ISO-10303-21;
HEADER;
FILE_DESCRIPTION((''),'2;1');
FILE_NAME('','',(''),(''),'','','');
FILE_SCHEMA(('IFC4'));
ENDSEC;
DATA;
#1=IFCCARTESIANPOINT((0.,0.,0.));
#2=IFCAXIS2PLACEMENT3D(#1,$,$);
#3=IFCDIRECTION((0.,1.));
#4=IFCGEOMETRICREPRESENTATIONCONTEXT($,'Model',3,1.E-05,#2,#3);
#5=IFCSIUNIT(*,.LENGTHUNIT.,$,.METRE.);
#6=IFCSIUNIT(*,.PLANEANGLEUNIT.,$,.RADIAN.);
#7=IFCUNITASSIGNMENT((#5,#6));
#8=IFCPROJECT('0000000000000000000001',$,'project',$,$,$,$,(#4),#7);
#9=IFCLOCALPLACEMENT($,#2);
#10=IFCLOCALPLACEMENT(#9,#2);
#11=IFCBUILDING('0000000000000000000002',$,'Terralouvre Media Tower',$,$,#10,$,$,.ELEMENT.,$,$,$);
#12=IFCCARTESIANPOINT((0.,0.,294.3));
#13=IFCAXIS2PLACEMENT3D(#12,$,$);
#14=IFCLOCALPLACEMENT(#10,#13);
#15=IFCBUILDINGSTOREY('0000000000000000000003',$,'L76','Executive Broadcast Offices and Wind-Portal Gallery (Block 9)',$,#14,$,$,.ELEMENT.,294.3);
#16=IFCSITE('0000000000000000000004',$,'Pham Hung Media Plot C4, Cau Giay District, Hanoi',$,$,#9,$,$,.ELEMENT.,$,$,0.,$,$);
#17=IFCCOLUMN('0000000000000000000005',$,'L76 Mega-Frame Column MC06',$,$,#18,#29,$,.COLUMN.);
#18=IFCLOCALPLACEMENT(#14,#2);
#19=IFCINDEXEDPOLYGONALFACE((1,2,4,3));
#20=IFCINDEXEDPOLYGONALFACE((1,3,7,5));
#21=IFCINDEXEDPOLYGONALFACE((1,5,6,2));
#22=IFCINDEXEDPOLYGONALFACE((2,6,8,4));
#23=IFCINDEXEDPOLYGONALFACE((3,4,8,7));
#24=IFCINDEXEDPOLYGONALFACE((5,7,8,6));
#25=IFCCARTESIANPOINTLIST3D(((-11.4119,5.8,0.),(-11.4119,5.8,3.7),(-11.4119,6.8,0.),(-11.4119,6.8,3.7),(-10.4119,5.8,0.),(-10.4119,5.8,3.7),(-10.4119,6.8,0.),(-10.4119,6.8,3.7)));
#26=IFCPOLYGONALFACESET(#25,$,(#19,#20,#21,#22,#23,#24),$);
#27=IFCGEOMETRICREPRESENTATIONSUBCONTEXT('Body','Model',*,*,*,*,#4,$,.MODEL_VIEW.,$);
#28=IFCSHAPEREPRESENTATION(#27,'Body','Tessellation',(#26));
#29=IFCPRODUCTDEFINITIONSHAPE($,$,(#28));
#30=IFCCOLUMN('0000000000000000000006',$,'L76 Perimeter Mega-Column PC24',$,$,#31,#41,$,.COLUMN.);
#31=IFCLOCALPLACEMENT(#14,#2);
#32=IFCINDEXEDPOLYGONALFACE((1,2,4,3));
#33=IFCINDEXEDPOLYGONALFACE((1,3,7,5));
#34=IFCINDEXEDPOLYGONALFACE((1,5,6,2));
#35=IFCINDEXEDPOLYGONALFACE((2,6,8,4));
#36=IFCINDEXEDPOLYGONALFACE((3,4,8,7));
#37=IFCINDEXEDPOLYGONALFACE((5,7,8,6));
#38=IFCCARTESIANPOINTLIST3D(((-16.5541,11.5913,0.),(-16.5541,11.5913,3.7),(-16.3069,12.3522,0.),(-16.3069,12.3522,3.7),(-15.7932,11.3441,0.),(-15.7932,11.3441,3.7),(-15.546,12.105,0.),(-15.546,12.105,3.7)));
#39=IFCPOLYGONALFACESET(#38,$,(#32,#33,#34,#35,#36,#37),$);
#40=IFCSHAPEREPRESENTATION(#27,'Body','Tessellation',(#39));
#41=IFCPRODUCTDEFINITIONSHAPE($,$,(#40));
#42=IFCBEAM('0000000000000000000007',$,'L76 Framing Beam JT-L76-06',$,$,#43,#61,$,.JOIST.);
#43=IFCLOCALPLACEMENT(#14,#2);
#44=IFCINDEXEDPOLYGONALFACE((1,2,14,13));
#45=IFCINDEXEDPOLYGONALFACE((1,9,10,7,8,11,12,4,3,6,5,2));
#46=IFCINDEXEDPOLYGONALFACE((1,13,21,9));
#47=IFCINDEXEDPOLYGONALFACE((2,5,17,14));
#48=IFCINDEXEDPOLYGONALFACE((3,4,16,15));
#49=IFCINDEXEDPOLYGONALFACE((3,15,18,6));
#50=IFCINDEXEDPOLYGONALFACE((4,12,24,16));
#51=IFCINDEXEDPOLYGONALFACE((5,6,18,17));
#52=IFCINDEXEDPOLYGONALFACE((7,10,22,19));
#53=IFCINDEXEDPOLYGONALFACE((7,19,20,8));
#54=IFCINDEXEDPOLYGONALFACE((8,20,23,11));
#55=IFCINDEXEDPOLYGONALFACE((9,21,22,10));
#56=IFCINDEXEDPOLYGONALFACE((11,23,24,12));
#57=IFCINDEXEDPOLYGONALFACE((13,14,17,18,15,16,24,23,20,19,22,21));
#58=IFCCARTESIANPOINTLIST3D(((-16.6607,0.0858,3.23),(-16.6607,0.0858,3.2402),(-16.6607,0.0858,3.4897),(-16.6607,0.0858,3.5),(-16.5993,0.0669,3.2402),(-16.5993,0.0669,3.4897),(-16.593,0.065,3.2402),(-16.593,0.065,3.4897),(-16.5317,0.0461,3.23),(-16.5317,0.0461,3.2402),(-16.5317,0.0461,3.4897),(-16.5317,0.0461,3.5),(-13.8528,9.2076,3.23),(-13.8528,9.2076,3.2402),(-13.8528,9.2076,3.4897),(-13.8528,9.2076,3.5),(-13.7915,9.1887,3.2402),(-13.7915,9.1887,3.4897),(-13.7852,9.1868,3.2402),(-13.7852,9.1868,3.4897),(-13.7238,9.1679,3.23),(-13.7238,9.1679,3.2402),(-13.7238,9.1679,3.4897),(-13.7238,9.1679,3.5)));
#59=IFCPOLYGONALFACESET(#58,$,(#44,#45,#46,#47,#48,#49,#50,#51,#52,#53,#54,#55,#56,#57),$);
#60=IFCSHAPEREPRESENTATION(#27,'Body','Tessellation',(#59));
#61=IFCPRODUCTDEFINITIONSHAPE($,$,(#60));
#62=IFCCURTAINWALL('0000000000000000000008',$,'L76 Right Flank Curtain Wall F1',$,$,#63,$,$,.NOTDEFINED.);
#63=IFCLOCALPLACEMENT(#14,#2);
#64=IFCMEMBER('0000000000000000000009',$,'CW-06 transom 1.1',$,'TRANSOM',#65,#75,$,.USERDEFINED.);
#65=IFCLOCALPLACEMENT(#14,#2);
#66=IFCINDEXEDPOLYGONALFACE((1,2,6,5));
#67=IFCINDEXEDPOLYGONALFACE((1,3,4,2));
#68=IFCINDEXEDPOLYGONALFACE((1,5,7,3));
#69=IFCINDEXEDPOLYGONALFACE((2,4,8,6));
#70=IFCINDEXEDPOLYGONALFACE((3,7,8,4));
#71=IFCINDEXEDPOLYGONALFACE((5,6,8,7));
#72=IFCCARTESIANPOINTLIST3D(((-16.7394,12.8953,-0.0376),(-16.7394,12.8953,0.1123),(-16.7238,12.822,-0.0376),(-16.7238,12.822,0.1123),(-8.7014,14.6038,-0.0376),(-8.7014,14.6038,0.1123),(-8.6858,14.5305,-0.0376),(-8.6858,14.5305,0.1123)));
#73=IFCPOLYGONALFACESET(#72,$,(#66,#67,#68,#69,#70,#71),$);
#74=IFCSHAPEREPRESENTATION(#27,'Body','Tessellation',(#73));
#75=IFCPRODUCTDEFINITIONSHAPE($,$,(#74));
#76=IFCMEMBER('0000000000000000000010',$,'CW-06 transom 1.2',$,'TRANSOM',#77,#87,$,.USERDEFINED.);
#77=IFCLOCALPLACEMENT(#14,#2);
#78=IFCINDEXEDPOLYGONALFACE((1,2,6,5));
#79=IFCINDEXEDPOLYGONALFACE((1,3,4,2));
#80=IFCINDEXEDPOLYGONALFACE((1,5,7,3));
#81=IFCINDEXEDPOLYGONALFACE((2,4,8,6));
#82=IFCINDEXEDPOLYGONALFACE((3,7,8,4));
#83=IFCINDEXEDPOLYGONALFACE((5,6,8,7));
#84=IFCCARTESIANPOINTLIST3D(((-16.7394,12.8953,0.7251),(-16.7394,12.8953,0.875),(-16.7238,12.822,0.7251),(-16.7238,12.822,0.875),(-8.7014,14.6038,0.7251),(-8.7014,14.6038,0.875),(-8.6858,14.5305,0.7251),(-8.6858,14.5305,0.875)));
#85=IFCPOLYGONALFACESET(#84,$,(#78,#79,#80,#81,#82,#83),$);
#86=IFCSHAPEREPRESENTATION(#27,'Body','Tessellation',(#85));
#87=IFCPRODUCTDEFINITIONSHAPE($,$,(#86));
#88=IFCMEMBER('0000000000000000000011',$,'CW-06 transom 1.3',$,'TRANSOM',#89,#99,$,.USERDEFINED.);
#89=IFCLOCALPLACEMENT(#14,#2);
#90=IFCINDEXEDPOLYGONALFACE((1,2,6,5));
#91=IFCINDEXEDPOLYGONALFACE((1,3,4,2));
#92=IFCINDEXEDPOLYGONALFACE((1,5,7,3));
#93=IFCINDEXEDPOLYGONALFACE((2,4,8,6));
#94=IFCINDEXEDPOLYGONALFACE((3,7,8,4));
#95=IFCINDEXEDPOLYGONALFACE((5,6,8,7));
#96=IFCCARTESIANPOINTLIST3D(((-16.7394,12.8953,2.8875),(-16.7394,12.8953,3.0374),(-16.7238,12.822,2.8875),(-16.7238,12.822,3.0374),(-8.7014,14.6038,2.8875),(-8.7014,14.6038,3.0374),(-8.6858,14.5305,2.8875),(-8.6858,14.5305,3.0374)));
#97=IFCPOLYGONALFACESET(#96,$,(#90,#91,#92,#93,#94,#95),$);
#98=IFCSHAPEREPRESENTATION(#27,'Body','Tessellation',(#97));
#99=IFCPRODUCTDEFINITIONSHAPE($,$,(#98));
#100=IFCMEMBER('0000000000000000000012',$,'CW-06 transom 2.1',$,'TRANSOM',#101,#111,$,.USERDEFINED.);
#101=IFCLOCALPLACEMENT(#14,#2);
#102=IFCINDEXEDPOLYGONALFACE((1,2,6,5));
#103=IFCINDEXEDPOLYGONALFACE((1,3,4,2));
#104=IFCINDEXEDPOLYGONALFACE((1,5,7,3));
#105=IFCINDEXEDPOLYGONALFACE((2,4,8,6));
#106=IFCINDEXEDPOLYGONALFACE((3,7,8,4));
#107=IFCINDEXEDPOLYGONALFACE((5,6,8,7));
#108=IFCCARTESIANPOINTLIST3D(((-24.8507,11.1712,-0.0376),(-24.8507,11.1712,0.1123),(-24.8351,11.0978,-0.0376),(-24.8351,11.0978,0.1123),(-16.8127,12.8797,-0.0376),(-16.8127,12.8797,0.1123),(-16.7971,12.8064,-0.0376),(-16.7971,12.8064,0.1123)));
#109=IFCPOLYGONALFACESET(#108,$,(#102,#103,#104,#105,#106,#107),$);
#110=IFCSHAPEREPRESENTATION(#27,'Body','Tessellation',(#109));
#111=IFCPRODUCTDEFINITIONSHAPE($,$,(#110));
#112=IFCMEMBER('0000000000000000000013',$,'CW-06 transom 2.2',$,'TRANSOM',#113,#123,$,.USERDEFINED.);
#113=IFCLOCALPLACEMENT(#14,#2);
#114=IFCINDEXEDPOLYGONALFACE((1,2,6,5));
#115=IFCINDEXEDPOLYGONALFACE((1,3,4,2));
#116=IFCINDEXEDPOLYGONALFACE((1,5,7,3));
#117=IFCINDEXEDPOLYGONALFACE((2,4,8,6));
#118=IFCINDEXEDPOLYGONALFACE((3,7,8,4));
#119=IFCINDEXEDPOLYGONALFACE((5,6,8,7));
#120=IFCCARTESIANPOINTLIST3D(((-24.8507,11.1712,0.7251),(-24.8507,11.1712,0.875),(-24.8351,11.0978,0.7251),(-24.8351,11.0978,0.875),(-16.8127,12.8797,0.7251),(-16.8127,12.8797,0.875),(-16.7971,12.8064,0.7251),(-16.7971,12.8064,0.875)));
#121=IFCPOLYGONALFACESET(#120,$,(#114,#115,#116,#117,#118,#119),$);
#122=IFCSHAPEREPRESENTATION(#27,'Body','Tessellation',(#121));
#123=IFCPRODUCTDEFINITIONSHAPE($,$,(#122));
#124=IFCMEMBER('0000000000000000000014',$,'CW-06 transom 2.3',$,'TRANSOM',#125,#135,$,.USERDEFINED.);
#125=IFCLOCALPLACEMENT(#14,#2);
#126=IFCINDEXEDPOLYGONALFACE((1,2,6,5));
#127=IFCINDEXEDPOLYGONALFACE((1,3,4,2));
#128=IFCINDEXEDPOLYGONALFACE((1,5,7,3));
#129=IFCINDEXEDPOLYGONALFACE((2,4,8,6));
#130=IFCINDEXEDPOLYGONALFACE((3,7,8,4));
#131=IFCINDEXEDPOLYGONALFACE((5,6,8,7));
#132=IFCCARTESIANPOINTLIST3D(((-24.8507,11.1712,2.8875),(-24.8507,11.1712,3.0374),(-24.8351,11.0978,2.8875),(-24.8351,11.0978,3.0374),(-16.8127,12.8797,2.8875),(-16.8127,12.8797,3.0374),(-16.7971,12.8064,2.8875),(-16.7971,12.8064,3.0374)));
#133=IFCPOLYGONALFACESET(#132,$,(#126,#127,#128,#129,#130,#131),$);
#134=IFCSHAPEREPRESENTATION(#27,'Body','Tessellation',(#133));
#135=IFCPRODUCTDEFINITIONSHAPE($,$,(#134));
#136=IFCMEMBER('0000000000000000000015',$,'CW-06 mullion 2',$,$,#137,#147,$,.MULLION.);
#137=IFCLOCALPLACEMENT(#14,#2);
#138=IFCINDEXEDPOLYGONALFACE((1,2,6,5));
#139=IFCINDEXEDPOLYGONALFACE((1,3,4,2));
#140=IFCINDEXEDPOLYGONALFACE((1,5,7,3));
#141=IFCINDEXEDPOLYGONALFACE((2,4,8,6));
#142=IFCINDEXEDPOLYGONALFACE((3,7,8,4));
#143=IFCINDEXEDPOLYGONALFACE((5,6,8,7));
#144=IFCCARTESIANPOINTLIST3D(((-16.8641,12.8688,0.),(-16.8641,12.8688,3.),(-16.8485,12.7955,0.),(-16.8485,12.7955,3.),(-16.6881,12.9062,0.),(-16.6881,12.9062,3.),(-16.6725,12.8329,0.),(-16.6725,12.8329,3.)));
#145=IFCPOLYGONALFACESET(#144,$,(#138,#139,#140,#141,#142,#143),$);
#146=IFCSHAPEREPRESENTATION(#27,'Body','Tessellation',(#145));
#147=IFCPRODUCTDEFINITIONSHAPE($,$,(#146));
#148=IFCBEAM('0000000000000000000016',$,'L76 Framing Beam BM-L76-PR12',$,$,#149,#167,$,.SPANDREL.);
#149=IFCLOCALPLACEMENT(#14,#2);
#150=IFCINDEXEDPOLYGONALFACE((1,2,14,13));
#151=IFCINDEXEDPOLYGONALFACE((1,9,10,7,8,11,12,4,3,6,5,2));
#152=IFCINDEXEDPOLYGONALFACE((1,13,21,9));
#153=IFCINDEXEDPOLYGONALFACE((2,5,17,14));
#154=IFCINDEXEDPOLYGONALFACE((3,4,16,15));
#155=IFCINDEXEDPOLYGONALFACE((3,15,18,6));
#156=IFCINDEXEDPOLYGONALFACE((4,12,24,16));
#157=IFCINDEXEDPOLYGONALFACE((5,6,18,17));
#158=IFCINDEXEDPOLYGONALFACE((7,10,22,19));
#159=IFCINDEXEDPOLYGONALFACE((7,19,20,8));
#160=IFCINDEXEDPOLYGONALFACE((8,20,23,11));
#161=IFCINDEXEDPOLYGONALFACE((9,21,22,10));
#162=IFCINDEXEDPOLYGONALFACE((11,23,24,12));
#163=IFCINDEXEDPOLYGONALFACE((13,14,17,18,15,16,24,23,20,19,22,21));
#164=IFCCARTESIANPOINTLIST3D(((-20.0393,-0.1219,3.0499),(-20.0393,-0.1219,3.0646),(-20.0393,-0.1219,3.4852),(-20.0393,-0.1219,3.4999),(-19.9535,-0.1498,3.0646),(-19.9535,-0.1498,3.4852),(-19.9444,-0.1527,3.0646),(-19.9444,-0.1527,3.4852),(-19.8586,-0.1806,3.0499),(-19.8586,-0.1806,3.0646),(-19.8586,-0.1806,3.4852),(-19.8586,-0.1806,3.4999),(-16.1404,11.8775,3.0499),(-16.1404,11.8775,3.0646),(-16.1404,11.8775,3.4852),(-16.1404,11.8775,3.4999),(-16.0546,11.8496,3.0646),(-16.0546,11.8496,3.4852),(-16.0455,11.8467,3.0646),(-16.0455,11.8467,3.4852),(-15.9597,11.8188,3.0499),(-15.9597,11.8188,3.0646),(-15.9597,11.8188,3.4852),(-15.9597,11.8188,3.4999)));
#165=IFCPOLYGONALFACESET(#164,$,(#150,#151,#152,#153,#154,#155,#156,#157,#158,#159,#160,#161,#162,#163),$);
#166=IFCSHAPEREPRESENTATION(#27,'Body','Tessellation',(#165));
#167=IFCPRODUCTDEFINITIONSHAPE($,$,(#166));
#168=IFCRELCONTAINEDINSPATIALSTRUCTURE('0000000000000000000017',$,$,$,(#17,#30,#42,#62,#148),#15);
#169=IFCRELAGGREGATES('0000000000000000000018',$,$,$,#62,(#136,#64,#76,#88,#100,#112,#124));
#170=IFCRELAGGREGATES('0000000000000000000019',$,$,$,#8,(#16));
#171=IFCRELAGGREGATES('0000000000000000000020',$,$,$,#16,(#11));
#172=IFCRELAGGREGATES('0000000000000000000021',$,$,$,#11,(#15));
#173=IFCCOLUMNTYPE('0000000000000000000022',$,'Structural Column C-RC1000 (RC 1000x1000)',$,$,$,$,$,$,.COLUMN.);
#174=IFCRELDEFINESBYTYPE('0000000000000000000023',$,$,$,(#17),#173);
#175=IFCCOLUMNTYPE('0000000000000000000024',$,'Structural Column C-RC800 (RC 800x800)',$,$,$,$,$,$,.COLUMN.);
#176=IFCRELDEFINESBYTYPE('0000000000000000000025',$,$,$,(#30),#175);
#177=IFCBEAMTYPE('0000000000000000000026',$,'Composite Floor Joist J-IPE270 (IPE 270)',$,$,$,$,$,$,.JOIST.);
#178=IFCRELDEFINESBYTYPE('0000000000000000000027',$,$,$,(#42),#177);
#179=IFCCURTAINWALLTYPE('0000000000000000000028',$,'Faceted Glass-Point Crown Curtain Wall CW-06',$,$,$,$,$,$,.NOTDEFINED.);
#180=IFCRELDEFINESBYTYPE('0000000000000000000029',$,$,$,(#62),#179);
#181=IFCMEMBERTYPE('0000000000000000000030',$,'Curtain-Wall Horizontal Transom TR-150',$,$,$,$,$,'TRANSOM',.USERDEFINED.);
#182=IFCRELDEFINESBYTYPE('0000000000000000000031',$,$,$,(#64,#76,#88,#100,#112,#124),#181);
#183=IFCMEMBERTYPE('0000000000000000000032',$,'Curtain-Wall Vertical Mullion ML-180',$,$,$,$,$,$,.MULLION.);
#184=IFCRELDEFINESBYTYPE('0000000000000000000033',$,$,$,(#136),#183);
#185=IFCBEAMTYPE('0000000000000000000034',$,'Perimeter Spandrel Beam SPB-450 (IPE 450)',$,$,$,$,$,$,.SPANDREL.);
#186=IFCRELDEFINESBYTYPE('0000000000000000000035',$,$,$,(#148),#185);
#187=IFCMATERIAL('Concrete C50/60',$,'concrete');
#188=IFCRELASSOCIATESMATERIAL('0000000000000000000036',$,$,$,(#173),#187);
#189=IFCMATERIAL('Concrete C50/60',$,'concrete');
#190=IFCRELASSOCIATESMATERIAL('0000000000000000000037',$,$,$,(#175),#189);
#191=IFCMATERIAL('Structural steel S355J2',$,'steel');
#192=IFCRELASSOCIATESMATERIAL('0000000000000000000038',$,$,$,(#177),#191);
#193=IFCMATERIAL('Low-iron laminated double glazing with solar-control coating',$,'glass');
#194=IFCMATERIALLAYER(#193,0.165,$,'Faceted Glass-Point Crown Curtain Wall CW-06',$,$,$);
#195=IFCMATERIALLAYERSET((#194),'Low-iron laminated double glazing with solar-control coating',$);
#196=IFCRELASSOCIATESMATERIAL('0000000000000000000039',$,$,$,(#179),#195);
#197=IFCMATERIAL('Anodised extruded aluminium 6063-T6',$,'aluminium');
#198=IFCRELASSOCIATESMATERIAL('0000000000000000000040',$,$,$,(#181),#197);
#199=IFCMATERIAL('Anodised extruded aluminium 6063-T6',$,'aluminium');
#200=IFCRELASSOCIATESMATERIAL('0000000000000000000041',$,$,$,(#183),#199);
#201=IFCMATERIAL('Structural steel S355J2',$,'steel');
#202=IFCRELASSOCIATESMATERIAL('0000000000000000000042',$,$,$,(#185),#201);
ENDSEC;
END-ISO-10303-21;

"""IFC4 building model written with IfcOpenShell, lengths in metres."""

from ifc_helpers import new_model, si_unit, direction, frame, origin, origin_2d, place, context, subcontext, project, spatial, rectangle, i_section, extrude, material, layer, layer_set, material_profile, profile_set, type_object, element, aggregate, save


model = new_model("IFC4")

# Units and contexts
model_context = context("Model", 3, precision=1e-05, world=origin(), true_north=direction((0.0, 1.0)))
body_context = subcontext(model_context, "Body", "Model", "MODEL_VIEW")
ifc_project = project(units=[si_unit("LENGTHUNIT", "METRE"), si_unit("PLANEANGLEUNIT", "RADIAN")], contexts=[model_context])

# Site, building, storey
site_placement = place(None, origin())
site = spatial("IfcSite", under=ifc_project, at=site_placement, Name="Pham Hung Media Plot C4, Cau Giay District, Hanoi", CompositionType="ELEMENT", RefElevation=0.0)
building_placement = place(site_placement, origin())
building = spatial("IfcBuilding", under=site, at=building_placement, Name="Terralouvre Media Tower", CompositionType="ELEMENT")
storey_placement = place(building_placement, frame((0.0, 0.0, 294.3)))
storey = spatial("IfcBuildingStorey", under=building, at=storey_placement, Name="L76", Description="Executive Broadcast Offices and Wind-Portal Gallery (Block 9)", CompositionType="ELEMENT", Elevation=294.3)

# Columns
ifc_material_1 = material(Name="Concrete C50/60", Category="concrete")
ifc_material_profile_1 = material_profile(ifc_material_1, rectangle(XDim=1.0, YDim=1.0, at=origin_2d()), Name="RC 1000x1000")
ifc_profile_set_1 = profile_set([ifc_material_profile_1], Name="Concrete C50/60")
column_type_1 = type_object("IfcColumnType", Name="Structural Column C-RC1000 (RC 1000x1000)", PredefinedType="COLUMN", material=ifc_profile_set_1)
column_1_placement = place(storey_placement, frame((-10.9119, 6.3, 0.0), z_axis=(0.0, 0.0, 1.0), x_axis=(1.0, 0.0, 0.0)))
element("IfcColumn", 1, at=column_1_placement, inside=storey, type_object=column_type_1, Name="L76 Mega-Frame Column MC06", PredefinedType="COLUMN", context=body_context, shape_type="SweptSolid", body=[
    extrude(rectangle(XDim=1.0, YDim=1.0, at=origin_2d()), origin(), (0.0, 0.0, 1.0), 3.7),
])
ifc_material_2 = material(Name="Concrete C50/60", Category="concrete")
ifc_material_profile_2 = material_profile(ifc_material_2, rectangle(XDim=0.8, YDim=0.8, at=origin_2d()), Name="RC 800x800")
ifc_profile_set_2 = profile_set([ifc_material_profile_2], Name="Concrete C50/60")
column_type_2 = type_object("IfcColumnType", Name="Structural Column C-RC800 (RC 800x800)", PredefinedType="COLUMN", material=ifc_profile_set_2)
column_2_placement = place(storey_placement, frame((-16.05, 11.8481, 0.0), z_axis=(0.0, 0.0, 1.0), x_axis=(0.309017, 0.951057, 0.0)))
element("IfcColumn", 2, at=column_2_placement, inside=storey, type_object=column_type_2, Name="L76 Perimeter Mega-Column PC24", PredefinedType="COLUMN", context=body_context, shape_type="SweptSolid", body=[
    extrude(rectangle(XDim=0.8, YDim=0.8, at=origin_2d()), origin(), (0.0, 0.0, 1.0), 3.7),
])

# Beam
ifc_material_3 = material(Name="Structural steel S355J2", Category="steel")
ifc_material_profile_3 = material_profile(ifc_material_3, i_section(OverallWidth=0.135, OverallDepth=0.27, WebThickness=0.0066, FlangeThickness=0.0103, at=origin_2d()), Name="IPE 270")
ifc_profile_set_3 = profile_set([ifc_material_profile_3], Name="Structural steel S355J2")
beam_type_1 = type_object("IfcBeamType", Name="Composite Floor Joist J-IPE270 (IPE 270)", PredefinedType="JOIST", material=ifc_profile_set_3)
beam_1_placement = place(storey_placement, frame((-13.7883, 9.1877, 3.365), z_axis=(-0.294195, -0.955745, 0.0), x_axis=(0.955745, -0.294195, 0.0)))
element("IfcBeam", 3, at=beam_1_placement, inside=storey, type_object=beam_type_1, Name="L76 Framing Beam JT-L76-06", PredefinedType="JOIST", context=body_context, shape_type="SweptSolid", body=[
    extrude(i_section(OverallWidth=0.135, OverallDepth=0.27, WebThickness=0.0066, FlangeThickness=0.0103, at=origin_2d()), origin(), (0.0, 0.0, 1.0), 9.5442),
])

# Curtain wall, members
ifc_material_4 = material(Name="Low-iron laminated double glazing with solar-control coating", Category="glass")
ifc_layer_1 = layer(ifc_material_4, 0.165, Name="Faceted Glass-Point Crown Curtain Wall CW-06")
ifc_layer_set_1 = layer_set([ifc_layer_1], Name="Low-iron laminated double glazing with solar-control coating")
curtain_wall_type = type_object("IfcCurtainWallType", Name="Faceted Glass-Point Crown Curtain Wall CW-06", PredefinedType="NOTDEFINED", material=ifc_layer_set_1)
curtain_wall_placement = place(storey_placement, origin())
curtain_wall = element("IfcCurtainWall", 4, at=curtain_wall_placement, inside=storey, type_object=curtain_wall_type, Name="L76 Right Flank Curtain Wall F1", PredefinedType="NOTDEFINED")
ifc_material_5 = material(Name="Anodised extruded aluminium 6063-T6", Category="aluminium")
ifc_material_profile_4 = material_profile(ifc_material_5, rectangle(XDim=0.075, YDim=0.1499, at=origin_2d()), Name="ALU 75x150")
ifc_profile_set_4 = profile_set([ifc_material_profile_4], Name="Anodised extruded aluminium 6063-T6")
member_type_1 = type_object("IfcMemberType", Name="Curtain-Wall Horizontal Transom TR-150", ElementType="TRANSOM", PredefinedType="USERDEFINED", material=ifc_profile_set_4)
member_1_placement = place(storey_placement, frame((-8.6936, 14.5671, 0.0374), z_axis=(-0.978149, -0.207906, 0.0), x_axis=(0.207906, -0.978149, 0.0)))
member_1 = element("IfcMember", 5, at=member_1_placement, type_object=member_type_1, Name="CW-06 transom 1.1", ObjectType="TRANSOM", PredefinedType="USERDEFINED", context=body_context, shape_type="SweptSolid", body=[
    extrude(rectangle(XDim=0.075, YDim=0.1499, at=origin_2d()), origin(), (0.0, 0.0, 1.0), 8.2175),
])
member_2_placement = place(storey_placement, frame((-8.6936, 14.5671, 0.8), z_axis=(-0.978149, -0.207906, 0.0), x_axis=(0.207906, -0.978149, 0.0)))
member_2 = element("IfcMember", 6, at=member_2_placement, type_object=member_type_1, Name="CW-06 transom 1.2", ObjectType="TRANSOM", PredefinedType="USERDEFINED", context=body_context, shape_type="SweptSolid", body=[
    extrude(rectangle(XDim=0.075, YDim=0.1499, at=origin_2d()), origin(), (0.0, 0.0, 1.0), 8.2175),
])
member_3_placement = place(storey_placement, frame((-8.6936, 14.5671, 2.9624), z_axis=(-0.978149, -0.207906, 0.0), x_axis=(0.207906, -0.978149, 0.0)))
member_3 = element("IfcMember", 7, at=member_3_placement, type_object=member_type_1, Name="CW-06 transom 1.3", ObjectType="TRANSOM", PredefinedType="USERDEFINED", context=body_context, shape_type="SweptSolid", body=[
    extrude(rectangle(XDim=0.075, YDim=0.1499, at=origin_2d()), origin(), (0.0, 0.0, 1.0), 8.2175),
])
member_4_placement = place(storey_placement, frame((-16.8049, 12.843, 0.0374), z_axis=(-0.978148, -0.207912, 0.0), x_axis=(0.207912, -0.978148, 0.0)))
member_4 = element("IfcMember", 8, at=member_4_placement, type_object=member_type_1, Name="CW-06 transom 2.1", ObjectType="TRANSOM", PredefinedType="USERDEFINED", context=body_context, shape_type="SweptSolid", body=[
    extrude(rectangle(XDim=0.075, YDim=0.1499, at=origin_2d()), origin(), (0.0, 0.0, 1.0), 8.2175),
])
member_5_placement = place(storey_placement, frame((-16.8049, 12.843, 0.8), z_axis=(-0.978148, -0.207912, 0.0), x_axis=(0.207912, -0.978148, 0.0)))
member_5 = element("IfcMember", 9, at=member_5_placement, type_object=member_type_1, Name="CW-06 transom 2.2", ObjectType="TRANSOM", PredefinedType="USERDEFINED", context=body_context, shape_type="SweptSolid", body=[
    extrude(rectangle(XDim=0.075, YDim=0.1499, at=origin_2d()), origin(), (0.0, 0.0, 1.0), 8.2175),
])
member_6_placement = place(storey_placement, frame((-16.8049, 12.843, 2.9624), z_axis=(-0.978148, -0.207912, 0.0), x_axis=(0.207912, -0.978148, 0.0)))
member_6 = element("IfcMember", 10, at=member_6_placement, type_object=member_type_1, Name="CW-06 transom 2.3", ObjectType="TRANSOM", PredefinedType="USERDEFINED", context=body_context, shape_type="SweptSolid", body=[
    extrude(rectangle(XDim=0.075, YDim=0.1499, at=origin_2d()), origin(), (0.0, 0.0, 1.0), 8.2175),
])
ifc_material_6 = material(Name="Anodised extruded aluminium 6063-T6", Category="aluminium")
ifc_material_profile_5 = material_profile(ifc_material_6, rectangle(XDim=0.075, YDim=0.1799, at=origin_2d()), Name="ALU 75x180")
ifc_profile_set_5 = profile_set([ifc_material_profile_5], Name="Anodised extruded aluminium 6063-T6")
member_type_2 = type_object("IfcMemberType", Name="Curtain-Wall Vertical Mullion ML-180", PredefinedType="MULLION", material=ifc_profile_set_5)
member_7_placement = place(storey_placement, frame((-16.7683, 12.8508, 0.0), z_axis=(0.0, 0.0, 1.0), x_axis=(0.207911, -0.978148, 0.0)))
member_7 = element("IfcMember", 11, at=member_7_placement, type_object=member_type_2, Name="CW-06 mullion 2", PredefinedType="MULLION", context=body_context, shape_type="SweptSolid", body=[
    extrude(rectangle(XDim=0.075, YDim=0.1799, at=origin_2d()), origin(), (0.0, 0.0, 1.0), 3.0),
])

# Beam
ifc_material_7 = material(Name="Structural steel S355J2", Category="steel")
ifc_material_profile_6 = material_profile(ifc_material_7, i_section(OverallWidth=0.1899, OverallDepth=0.45, WebThickness=0.0095, FlangeThickness=0.0146, at=origin_2d()), Name="IPE 450")
ifc_profile_set_6 = profile_set([ifc_material_profile_6], Name="Structural steel S355J2")
beam_type_2 = type_object("IfcBeamType", Name="Perimeter Spandrel Beam SPB-450 (IPE 450)", PredefinedType="SPANDREL", material=ifc_profile_set_6)
beam_2_placement = place(storey_placement, frame((-16.05, 11.8481, 3.2749), z_axis=(-0.30902, -0.951055, 0.0), x_axis=(0.951055, -0.30902, 0.0)))
element("IfcBeam", 12, at=beam_2_placement, inside=storey, type_object=beam_type_2, Name="L76 Framing Beam BM-L76-PR12", PredefinedType="SPANDREL", context=body_context, shape_type="SweptSolid", body=[
    extrude(i_section(OverallWidth=0.1899, OverallDepth=0.45, WebThickness=0.0095, FlangeThickness=0.0146, at=origin_2d()), origin(), (0.0, 0.0, 1.0), 12.6169),
])

aggregate(curtain_wall, [member_7, member_1, member_2, member_3, member_4, member_5, member_6])

save(model, "model.ifc")
